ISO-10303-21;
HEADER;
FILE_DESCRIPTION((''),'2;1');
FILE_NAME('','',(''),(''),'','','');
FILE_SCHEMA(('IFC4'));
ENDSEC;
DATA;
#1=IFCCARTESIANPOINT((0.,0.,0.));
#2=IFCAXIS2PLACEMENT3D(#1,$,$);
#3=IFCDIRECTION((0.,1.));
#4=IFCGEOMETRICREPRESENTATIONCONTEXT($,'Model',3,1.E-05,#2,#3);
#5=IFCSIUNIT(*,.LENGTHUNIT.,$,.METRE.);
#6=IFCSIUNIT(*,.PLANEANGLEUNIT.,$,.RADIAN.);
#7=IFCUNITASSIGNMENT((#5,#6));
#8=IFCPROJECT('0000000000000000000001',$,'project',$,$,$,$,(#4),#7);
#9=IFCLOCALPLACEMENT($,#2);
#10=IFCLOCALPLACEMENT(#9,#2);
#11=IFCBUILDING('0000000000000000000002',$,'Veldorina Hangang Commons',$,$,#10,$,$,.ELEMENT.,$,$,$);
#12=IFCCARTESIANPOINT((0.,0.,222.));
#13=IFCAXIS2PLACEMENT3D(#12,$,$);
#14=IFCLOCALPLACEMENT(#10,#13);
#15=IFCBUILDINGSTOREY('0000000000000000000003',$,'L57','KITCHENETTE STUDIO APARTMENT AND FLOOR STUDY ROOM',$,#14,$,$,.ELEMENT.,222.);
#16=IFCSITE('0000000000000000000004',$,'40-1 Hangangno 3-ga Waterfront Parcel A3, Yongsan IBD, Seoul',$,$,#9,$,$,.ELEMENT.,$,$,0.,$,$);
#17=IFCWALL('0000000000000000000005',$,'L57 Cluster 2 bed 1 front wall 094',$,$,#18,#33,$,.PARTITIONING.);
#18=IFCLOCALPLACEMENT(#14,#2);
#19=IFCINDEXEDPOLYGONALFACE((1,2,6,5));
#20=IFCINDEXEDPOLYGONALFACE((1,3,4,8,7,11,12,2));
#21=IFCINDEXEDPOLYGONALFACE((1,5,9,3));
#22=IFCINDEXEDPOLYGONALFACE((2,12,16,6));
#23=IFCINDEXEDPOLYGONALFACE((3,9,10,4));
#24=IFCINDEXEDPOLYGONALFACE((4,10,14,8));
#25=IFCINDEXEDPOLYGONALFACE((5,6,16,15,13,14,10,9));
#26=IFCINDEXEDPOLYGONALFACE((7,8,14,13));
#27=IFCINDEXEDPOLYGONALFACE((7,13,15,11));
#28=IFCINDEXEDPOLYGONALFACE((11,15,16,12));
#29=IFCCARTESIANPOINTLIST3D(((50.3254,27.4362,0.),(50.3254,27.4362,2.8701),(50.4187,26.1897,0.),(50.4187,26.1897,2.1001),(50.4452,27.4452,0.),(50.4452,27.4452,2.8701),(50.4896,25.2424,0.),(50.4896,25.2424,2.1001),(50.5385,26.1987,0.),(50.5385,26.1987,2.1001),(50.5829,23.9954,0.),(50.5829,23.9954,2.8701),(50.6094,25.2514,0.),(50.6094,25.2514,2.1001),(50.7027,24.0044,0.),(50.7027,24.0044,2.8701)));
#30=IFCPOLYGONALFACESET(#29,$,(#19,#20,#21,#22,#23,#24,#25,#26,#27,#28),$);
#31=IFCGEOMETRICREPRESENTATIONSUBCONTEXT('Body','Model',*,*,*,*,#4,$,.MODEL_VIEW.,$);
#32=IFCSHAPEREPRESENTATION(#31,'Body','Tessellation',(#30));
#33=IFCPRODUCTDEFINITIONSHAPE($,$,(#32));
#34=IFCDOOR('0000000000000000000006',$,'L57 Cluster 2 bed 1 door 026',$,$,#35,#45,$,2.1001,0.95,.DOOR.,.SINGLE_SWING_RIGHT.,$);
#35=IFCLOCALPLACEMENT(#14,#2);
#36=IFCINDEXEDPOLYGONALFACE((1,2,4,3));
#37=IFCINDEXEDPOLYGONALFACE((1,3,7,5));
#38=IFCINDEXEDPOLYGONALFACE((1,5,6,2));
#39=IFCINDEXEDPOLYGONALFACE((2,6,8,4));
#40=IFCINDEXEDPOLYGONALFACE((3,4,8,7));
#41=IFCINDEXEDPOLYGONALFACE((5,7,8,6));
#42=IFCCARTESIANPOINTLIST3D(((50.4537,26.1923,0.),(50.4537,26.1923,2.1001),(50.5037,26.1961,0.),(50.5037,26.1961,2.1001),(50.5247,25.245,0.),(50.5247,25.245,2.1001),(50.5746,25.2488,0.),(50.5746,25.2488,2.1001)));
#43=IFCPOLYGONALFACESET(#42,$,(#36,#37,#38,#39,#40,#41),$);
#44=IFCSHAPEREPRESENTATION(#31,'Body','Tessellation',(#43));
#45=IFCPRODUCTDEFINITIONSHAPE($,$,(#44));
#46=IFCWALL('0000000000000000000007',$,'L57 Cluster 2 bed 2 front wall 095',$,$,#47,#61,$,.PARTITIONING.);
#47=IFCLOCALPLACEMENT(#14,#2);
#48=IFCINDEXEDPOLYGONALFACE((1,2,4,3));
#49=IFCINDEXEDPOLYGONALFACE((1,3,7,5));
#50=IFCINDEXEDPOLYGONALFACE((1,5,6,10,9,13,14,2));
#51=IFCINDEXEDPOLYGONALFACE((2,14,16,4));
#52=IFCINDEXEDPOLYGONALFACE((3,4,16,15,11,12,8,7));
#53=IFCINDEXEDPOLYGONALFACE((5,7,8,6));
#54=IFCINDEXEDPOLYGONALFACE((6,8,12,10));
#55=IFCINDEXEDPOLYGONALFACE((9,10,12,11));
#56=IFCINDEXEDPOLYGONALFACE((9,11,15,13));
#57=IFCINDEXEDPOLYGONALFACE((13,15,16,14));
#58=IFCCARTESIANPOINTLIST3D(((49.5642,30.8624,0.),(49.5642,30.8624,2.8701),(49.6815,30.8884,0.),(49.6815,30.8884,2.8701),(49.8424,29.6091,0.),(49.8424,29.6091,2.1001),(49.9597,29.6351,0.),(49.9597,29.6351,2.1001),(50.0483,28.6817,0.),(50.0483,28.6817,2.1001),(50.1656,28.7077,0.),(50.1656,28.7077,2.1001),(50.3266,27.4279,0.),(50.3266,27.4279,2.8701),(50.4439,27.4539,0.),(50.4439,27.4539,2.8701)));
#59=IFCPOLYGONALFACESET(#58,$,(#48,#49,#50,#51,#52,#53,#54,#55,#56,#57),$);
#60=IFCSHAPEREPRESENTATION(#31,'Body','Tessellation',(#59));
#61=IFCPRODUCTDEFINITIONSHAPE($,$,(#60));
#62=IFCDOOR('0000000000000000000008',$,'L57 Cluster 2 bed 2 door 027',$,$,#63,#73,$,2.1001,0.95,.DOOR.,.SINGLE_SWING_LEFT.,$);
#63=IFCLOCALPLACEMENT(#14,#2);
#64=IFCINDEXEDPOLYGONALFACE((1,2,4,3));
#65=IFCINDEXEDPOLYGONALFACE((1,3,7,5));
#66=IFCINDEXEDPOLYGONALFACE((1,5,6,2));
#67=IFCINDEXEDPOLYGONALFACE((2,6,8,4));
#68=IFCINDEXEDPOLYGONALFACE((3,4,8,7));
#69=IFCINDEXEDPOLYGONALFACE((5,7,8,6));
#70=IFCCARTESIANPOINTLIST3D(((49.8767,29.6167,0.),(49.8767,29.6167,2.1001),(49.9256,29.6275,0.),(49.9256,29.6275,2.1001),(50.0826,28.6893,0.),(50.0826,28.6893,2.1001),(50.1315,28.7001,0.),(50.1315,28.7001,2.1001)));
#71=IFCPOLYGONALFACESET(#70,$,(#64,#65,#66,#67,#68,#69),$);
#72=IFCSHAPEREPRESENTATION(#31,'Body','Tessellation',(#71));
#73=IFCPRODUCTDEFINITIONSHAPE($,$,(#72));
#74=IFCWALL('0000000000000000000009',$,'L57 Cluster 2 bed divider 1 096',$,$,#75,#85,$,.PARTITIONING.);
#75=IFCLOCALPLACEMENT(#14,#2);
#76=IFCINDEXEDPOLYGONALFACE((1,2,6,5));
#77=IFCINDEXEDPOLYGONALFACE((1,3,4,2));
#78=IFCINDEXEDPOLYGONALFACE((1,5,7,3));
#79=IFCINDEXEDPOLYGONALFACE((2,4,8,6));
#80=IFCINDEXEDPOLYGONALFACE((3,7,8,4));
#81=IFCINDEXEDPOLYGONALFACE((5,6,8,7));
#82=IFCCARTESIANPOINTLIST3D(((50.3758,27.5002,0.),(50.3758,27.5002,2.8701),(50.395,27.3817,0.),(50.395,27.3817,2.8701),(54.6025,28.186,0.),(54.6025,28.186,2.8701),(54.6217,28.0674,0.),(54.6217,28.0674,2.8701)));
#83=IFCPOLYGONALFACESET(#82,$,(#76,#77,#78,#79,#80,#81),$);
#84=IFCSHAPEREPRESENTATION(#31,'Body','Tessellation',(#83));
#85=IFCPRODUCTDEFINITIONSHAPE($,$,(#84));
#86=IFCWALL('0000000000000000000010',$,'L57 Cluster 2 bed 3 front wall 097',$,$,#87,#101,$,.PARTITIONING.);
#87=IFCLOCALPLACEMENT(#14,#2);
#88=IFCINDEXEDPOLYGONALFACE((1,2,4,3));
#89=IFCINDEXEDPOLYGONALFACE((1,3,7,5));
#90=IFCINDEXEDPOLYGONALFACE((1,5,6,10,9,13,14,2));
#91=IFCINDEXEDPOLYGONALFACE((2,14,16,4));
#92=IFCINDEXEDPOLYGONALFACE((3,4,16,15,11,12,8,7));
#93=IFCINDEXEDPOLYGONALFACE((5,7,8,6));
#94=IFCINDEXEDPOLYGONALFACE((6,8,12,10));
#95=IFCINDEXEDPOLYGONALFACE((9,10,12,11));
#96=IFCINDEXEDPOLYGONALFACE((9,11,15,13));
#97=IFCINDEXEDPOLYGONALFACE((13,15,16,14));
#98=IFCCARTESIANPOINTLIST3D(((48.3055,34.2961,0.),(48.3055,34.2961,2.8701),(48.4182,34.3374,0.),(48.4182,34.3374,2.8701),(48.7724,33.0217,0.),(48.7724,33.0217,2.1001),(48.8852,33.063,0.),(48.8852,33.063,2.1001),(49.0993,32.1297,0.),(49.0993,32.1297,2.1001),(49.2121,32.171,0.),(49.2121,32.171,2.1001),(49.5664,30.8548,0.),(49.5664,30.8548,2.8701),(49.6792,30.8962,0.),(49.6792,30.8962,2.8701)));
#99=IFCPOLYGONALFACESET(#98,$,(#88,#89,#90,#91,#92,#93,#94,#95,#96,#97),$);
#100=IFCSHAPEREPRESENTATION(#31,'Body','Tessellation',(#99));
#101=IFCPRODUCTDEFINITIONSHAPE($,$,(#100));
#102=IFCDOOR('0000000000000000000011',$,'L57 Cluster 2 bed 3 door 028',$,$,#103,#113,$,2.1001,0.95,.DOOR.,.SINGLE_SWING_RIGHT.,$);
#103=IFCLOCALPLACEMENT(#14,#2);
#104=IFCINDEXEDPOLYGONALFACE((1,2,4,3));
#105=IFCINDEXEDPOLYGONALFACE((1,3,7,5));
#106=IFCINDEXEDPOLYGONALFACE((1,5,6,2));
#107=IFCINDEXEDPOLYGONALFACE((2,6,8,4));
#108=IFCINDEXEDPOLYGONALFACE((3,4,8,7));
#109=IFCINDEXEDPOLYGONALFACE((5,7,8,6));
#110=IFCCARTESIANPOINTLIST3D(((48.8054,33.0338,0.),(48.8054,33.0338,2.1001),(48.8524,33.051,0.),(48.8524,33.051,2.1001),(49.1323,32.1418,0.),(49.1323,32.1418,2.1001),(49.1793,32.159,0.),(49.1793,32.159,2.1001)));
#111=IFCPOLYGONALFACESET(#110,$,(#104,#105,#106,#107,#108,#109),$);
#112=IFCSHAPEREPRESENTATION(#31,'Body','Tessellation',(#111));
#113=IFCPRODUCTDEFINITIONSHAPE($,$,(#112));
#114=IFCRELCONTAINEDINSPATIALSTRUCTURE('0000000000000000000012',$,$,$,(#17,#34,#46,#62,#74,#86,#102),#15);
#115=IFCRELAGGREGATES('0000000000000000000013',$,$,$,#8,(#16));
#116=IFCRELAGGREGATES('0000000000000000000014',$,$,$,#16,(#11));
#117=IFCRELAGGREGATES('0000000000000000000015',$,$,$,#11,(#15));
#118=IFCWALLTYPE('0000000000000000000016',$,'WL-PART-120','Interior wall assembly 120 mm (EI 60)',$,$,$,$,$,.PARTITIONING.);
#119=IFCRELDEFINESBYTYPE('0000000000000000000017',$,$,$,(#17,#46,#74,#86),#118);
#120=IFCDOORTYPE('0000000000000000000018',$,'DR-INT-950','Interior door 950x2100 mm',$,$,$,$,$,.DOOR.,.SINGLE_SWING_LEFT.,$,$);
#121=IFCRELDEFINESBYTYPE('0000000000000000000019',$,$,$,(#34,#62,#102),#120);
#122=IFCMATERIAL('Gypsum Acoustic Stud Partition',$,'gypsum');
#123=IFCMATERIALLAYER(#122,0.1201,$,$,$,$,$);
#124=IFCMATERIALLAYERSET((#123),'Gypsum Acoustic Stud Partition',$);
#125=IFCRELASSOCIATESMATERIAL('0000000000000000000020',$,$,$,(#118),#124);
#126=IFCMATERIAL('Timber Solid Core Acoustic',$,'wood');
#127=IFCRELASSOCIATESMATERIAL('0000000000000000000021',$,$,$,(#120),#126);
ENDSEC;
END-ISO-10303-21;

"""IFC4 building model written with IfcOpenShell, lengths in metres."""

from ifc_helpers import new_model, si_unit, direction, frame, frame_2d, origin, place, context, subcontext, project, spatial, rectangle, extrude, material, layer, layer_set, type_object, element, fill, save


model = new_model("IFC4")

# Units and contexts
model_context = context("Model", 3, precision=1e-05, world=origin(), true_north=direction((0.0, 1.0)))
body_context = subcontext(model_context, "Body", "Model", "MODEL_VIEW")
ifc_project = project(units=[si_unit("LENGTHUNIT", "METRE"), si_unit("PLANEANGLEUNIT", "RADIAN")], contexts=[model_context])

# Site, building, storey
site_placement = place(None, origin())
site = spatial("IfcSite", under=ifc_project, at=site_placement, Name="40-1 Hangangno 3-ga Waterfront Parcel A3, Yongsan IBD, Seoul", CompositionType="ELEMENT", RefElevation=0.0)
building_placement = place(site_placement, origin())
building = spatial("IfcBuilding", under=site, at=building_placement, Name="Veldorina Hangang Commons", CompositionType="ELEMENT")
storey_placement = place(building_placement, frame((0.0, 0.0, 222.0)))
storey = spatial("IfcBuildingStorey", under=building, at=storey_placement, Name="L57", Description="KITCHENETTE STUDIO APARTMENT AND FLOOR STUDY ROOM", CompositionType="ELEMENT", Elevation=222.0)

# Shared definitions
ifc_material_1 = material(Name="Gypsum Acoustic Stud Partition", Category="gypsum")
ifc_layer_1 = layer(ifc_material_1, 0.1201)
ifc_layer_set_1 = layer_set([ifc_layer_1], Name="Gypsum Acoustic Stud Partition")
wall_type_1 = type_object("IfcWallType", Name="WL-PART-120", Description="Interior wall assembly 120 mm (EI 60)", PredefinedType="PARTITIONING", material=ifc_layer_set_1)

# Walls, openings, doors
wall_1_placement = place(storey_placement, frame((50.6428, 24.0, 0.0), z_axis=(0.0, 0.0, 1.0), x_axis=(-0.074646, 0.99721, 0.0)))
wall_1 = element("IfcWall", 1, at=wall_1_placement, inside=storey, type_object=wall_type_1, Name="L57 Cluster 2 bed 1 front wall 094", PredefinedType="PARTITIONING", context=body_context, shape_type="SweptSolid", body=[
    extrude(rectangle(XDim=3.4504, YDim=0.1201, at=frame_2d((1.7251, 0.0))), origin(), (0.0, 0.0, 1.0), 2.8701),
])
opening_1_placement = place(wall_1_placement, frame((1.2502, 0.0, 0.0)))
opening_1 = element("IfcOpeningElement", 2, at=opening_1_placement, cuts=wall_1, PredefinedType="OPENING", context=body_context, shape_type="SweptSolid", body=[
    extrude(rectangle(XDim=0.95, YDim=2.1001, at=frame_2d((0.4751, 1.05))), frame((0.0, 0.0701, 0.0), z_axis=(0.0, -1.0, 0.0), x_axis=(1.0, 0.0, 0.0)), (0.0, 0.0, 1.0), 0.1401),
])
ifc_material_2 = material(Name="Timber Solid Core Acoustic", Category="wood")
door_type_1 = type_object("IfcDoorType", Name="DR-INT-950", Description="Interior door 950x2100 mm", OperationType="SINGLE_SWING_LEFT", PredefinedType="DOOR", material=ifc_material_2)
door_1_placement = place(opening_1_placement, origin())
door_1 = element("IfcDoor", 3, at=door_1_placement, inside=storey, type_object=door_type_1, Name="L57 Cluster 2 bed 1 door 026", OperationType="SINGLE_SWING_RIGHT", OverallHeight=2.1001, OverallWidth=0.95, PredefinedType="DOOR", context=body_context, shape_type="SweptSolid", body=[
    extrude(rectangle(XDim=0.95, YDim=2.1001, at=frame_2d((0.4751, 1.05))), frame((0.0, 0.0249, 0.0), z_axis=(0.0, -1.0, 0.0), x_axis=(1.0, 0.0, 0.0)), (0.0, 0.0, 1.0), 0.05),
])
fill(opening_1, door_1)
wall_2_placement = place(storey_placement, frame((50.3853, 27.4409, 0.0), z_axis=(0.0, 0.0, 1.0), x_axis=(-0.216717, 0.976234, 0.0)))
wall_2 = element("IfcWall", 4, at=wall_2_placement, inside=storey, type_object=wall_type_1, Name="L57 Cluster 2 bed 2 front wall 095", PredefinedType="PARTITIONING", context=body_context, shape_type="SweptSolid", body=[
    extrude(rectangle(XDim=3.5181, YDim=0.1201, at=frame_2d((1.759, 0.0))), origin(), (0.0, 0.0, 1.0), 2.8701),
])
opening_2_placement = place(wall_2_placement, frame((1.2842, 0.0, 0.0)))
opening_2 = element("IfcOpeningElement", 5, at=opening_2_placement, cuts=wall_2, PredefinedType="OPENING", context=body_context, shape_type="SweptSolid", body=[
    extrude(rectangle(XDim=0.95, YDim=2.1001, at=frame_2d((0.4751, 1.05))), frame((0.0, 0.0701, 0.0), z_axis=(0.0, -1.0, 0.0), x_axis=(1.0, 0.0, 0.0)), (0.0, 0.0, 1.0), 0.1401),
])
door_2_placement = place(opening_2_placement, origin())
door_2 = element("IfcDoor", 6, at=door_2_placement, inside=storey, type_object=door_type_1, Name="L57 Cluster 2 bed 2 door 027", OperationType="SINGLE_SWING_LEFT", OverallHeight=2.1001, OverallWidth=0.95, PredefinedType="DOOR", context=body_context, shape_type="SweptSolid", body=[
    extrude(rectangle(XDim=0.95, YDim=2.1001, at=frame_2d((0.4751, 1.05))), frame((0.0, 0.0249, 0.0), z_axis=(0.0, -1.0, 0.0), x_axis=(1.0, 0.0, 0.0)), (0.0, 0.0, 1.0), 0.05),
])
fill(opening_2, door_2)

# Wall
wall_3_placement = place(storey_placement, frame((50.3853, 27.4409, 0.0), z_axis=(0.0, 0.0, 1.0), x_axis=(0.987092, 0.160154, 0.0)))
element("IfcWall", 7, at=wall_3_placement, inside=storey, type_object=wall_type_1, Name="L57 Cluster 2 bed divider 1 096", PredefinedType="PARTITIONING", context=body_context, shape_type="SweptSolid", body=[
    extrude(rectangle(XDim=4.282, YDim=0.1201, at=frame_2d((2.1411, 0.0))), origin(), (0.0, 0.0, 1.0), 2.8701),
])

# Wall, opening, door
wall_4_placement = place(storey_placement, frame((49.6228, 30.8755, 0.0), z_axis=(0.0, 0.0, 1.0), x_axis=(-0.344047, 0.938952, 0.0)))
wall_4 = element("IfcWall", 8, at=wall_4_placement, inside=storey, type_object=wall_type_1, Name="L57 Cluster 2 bed 3 front wall 097", PredefinedType="PARTITIONING", context=body_context, shape_type="SweptSolid", body=[
    extrude(rectangle(XDim=3.665, YDim=0.1201, at=frame_2d((1.8325, 0.0))), origin(), (0.0, 0.0, 1.0), 2.8701),
])
opening_3_placement = place(wall_4_placement, frame((1.3577, 0.0, 0.0)))
opening_3 = element("IfcOpeningElement", 9, at=opening_3_placement, cuts=wall_4, PredefinedType="OPENING", context=body_context, shape_type="SweptSolid", body=[
    extrude(rectangle(XDim=0.95, YDim=2.1001, at=frame_2d((0.4751, 1.05))), frame((0.0, 0.0701, 0.0), z_axis=(0.0, -1.0, 0.0), x_axis=(1.0, 0.0, 0.0)), (0.0, 0.0, 1.0), 0.1401),
])
door_3_placement = place(opening_3_placement, origin())
door_3 = element("IfcDoor", 10, at=door_3_placement, inside=storey, type_object=door_type_1, Name="L57 Cluster 2 bed 3 door 028", OperationType="SINGLE_SWING_RIGHT", OverallHeight=2.1001, OverallWidth=0.95, PredefinedType="DOOR", context=body_context, shape_type="SweptSolid", body=[
    extrude(rectangle(XDim=0.95, YDim=2.1001, at=frame_2d((0.4751, 1.05))), frame((0.0, 0.0249, 0.0), z_axis=(0.0, -1.0, 0.0), x_axis=(1.0, 0.0, 0.0)), (0.0, 0.0, 1.0), 0.05),
])
fill(opening_3, door_3)

save(model, "model.ifc")
